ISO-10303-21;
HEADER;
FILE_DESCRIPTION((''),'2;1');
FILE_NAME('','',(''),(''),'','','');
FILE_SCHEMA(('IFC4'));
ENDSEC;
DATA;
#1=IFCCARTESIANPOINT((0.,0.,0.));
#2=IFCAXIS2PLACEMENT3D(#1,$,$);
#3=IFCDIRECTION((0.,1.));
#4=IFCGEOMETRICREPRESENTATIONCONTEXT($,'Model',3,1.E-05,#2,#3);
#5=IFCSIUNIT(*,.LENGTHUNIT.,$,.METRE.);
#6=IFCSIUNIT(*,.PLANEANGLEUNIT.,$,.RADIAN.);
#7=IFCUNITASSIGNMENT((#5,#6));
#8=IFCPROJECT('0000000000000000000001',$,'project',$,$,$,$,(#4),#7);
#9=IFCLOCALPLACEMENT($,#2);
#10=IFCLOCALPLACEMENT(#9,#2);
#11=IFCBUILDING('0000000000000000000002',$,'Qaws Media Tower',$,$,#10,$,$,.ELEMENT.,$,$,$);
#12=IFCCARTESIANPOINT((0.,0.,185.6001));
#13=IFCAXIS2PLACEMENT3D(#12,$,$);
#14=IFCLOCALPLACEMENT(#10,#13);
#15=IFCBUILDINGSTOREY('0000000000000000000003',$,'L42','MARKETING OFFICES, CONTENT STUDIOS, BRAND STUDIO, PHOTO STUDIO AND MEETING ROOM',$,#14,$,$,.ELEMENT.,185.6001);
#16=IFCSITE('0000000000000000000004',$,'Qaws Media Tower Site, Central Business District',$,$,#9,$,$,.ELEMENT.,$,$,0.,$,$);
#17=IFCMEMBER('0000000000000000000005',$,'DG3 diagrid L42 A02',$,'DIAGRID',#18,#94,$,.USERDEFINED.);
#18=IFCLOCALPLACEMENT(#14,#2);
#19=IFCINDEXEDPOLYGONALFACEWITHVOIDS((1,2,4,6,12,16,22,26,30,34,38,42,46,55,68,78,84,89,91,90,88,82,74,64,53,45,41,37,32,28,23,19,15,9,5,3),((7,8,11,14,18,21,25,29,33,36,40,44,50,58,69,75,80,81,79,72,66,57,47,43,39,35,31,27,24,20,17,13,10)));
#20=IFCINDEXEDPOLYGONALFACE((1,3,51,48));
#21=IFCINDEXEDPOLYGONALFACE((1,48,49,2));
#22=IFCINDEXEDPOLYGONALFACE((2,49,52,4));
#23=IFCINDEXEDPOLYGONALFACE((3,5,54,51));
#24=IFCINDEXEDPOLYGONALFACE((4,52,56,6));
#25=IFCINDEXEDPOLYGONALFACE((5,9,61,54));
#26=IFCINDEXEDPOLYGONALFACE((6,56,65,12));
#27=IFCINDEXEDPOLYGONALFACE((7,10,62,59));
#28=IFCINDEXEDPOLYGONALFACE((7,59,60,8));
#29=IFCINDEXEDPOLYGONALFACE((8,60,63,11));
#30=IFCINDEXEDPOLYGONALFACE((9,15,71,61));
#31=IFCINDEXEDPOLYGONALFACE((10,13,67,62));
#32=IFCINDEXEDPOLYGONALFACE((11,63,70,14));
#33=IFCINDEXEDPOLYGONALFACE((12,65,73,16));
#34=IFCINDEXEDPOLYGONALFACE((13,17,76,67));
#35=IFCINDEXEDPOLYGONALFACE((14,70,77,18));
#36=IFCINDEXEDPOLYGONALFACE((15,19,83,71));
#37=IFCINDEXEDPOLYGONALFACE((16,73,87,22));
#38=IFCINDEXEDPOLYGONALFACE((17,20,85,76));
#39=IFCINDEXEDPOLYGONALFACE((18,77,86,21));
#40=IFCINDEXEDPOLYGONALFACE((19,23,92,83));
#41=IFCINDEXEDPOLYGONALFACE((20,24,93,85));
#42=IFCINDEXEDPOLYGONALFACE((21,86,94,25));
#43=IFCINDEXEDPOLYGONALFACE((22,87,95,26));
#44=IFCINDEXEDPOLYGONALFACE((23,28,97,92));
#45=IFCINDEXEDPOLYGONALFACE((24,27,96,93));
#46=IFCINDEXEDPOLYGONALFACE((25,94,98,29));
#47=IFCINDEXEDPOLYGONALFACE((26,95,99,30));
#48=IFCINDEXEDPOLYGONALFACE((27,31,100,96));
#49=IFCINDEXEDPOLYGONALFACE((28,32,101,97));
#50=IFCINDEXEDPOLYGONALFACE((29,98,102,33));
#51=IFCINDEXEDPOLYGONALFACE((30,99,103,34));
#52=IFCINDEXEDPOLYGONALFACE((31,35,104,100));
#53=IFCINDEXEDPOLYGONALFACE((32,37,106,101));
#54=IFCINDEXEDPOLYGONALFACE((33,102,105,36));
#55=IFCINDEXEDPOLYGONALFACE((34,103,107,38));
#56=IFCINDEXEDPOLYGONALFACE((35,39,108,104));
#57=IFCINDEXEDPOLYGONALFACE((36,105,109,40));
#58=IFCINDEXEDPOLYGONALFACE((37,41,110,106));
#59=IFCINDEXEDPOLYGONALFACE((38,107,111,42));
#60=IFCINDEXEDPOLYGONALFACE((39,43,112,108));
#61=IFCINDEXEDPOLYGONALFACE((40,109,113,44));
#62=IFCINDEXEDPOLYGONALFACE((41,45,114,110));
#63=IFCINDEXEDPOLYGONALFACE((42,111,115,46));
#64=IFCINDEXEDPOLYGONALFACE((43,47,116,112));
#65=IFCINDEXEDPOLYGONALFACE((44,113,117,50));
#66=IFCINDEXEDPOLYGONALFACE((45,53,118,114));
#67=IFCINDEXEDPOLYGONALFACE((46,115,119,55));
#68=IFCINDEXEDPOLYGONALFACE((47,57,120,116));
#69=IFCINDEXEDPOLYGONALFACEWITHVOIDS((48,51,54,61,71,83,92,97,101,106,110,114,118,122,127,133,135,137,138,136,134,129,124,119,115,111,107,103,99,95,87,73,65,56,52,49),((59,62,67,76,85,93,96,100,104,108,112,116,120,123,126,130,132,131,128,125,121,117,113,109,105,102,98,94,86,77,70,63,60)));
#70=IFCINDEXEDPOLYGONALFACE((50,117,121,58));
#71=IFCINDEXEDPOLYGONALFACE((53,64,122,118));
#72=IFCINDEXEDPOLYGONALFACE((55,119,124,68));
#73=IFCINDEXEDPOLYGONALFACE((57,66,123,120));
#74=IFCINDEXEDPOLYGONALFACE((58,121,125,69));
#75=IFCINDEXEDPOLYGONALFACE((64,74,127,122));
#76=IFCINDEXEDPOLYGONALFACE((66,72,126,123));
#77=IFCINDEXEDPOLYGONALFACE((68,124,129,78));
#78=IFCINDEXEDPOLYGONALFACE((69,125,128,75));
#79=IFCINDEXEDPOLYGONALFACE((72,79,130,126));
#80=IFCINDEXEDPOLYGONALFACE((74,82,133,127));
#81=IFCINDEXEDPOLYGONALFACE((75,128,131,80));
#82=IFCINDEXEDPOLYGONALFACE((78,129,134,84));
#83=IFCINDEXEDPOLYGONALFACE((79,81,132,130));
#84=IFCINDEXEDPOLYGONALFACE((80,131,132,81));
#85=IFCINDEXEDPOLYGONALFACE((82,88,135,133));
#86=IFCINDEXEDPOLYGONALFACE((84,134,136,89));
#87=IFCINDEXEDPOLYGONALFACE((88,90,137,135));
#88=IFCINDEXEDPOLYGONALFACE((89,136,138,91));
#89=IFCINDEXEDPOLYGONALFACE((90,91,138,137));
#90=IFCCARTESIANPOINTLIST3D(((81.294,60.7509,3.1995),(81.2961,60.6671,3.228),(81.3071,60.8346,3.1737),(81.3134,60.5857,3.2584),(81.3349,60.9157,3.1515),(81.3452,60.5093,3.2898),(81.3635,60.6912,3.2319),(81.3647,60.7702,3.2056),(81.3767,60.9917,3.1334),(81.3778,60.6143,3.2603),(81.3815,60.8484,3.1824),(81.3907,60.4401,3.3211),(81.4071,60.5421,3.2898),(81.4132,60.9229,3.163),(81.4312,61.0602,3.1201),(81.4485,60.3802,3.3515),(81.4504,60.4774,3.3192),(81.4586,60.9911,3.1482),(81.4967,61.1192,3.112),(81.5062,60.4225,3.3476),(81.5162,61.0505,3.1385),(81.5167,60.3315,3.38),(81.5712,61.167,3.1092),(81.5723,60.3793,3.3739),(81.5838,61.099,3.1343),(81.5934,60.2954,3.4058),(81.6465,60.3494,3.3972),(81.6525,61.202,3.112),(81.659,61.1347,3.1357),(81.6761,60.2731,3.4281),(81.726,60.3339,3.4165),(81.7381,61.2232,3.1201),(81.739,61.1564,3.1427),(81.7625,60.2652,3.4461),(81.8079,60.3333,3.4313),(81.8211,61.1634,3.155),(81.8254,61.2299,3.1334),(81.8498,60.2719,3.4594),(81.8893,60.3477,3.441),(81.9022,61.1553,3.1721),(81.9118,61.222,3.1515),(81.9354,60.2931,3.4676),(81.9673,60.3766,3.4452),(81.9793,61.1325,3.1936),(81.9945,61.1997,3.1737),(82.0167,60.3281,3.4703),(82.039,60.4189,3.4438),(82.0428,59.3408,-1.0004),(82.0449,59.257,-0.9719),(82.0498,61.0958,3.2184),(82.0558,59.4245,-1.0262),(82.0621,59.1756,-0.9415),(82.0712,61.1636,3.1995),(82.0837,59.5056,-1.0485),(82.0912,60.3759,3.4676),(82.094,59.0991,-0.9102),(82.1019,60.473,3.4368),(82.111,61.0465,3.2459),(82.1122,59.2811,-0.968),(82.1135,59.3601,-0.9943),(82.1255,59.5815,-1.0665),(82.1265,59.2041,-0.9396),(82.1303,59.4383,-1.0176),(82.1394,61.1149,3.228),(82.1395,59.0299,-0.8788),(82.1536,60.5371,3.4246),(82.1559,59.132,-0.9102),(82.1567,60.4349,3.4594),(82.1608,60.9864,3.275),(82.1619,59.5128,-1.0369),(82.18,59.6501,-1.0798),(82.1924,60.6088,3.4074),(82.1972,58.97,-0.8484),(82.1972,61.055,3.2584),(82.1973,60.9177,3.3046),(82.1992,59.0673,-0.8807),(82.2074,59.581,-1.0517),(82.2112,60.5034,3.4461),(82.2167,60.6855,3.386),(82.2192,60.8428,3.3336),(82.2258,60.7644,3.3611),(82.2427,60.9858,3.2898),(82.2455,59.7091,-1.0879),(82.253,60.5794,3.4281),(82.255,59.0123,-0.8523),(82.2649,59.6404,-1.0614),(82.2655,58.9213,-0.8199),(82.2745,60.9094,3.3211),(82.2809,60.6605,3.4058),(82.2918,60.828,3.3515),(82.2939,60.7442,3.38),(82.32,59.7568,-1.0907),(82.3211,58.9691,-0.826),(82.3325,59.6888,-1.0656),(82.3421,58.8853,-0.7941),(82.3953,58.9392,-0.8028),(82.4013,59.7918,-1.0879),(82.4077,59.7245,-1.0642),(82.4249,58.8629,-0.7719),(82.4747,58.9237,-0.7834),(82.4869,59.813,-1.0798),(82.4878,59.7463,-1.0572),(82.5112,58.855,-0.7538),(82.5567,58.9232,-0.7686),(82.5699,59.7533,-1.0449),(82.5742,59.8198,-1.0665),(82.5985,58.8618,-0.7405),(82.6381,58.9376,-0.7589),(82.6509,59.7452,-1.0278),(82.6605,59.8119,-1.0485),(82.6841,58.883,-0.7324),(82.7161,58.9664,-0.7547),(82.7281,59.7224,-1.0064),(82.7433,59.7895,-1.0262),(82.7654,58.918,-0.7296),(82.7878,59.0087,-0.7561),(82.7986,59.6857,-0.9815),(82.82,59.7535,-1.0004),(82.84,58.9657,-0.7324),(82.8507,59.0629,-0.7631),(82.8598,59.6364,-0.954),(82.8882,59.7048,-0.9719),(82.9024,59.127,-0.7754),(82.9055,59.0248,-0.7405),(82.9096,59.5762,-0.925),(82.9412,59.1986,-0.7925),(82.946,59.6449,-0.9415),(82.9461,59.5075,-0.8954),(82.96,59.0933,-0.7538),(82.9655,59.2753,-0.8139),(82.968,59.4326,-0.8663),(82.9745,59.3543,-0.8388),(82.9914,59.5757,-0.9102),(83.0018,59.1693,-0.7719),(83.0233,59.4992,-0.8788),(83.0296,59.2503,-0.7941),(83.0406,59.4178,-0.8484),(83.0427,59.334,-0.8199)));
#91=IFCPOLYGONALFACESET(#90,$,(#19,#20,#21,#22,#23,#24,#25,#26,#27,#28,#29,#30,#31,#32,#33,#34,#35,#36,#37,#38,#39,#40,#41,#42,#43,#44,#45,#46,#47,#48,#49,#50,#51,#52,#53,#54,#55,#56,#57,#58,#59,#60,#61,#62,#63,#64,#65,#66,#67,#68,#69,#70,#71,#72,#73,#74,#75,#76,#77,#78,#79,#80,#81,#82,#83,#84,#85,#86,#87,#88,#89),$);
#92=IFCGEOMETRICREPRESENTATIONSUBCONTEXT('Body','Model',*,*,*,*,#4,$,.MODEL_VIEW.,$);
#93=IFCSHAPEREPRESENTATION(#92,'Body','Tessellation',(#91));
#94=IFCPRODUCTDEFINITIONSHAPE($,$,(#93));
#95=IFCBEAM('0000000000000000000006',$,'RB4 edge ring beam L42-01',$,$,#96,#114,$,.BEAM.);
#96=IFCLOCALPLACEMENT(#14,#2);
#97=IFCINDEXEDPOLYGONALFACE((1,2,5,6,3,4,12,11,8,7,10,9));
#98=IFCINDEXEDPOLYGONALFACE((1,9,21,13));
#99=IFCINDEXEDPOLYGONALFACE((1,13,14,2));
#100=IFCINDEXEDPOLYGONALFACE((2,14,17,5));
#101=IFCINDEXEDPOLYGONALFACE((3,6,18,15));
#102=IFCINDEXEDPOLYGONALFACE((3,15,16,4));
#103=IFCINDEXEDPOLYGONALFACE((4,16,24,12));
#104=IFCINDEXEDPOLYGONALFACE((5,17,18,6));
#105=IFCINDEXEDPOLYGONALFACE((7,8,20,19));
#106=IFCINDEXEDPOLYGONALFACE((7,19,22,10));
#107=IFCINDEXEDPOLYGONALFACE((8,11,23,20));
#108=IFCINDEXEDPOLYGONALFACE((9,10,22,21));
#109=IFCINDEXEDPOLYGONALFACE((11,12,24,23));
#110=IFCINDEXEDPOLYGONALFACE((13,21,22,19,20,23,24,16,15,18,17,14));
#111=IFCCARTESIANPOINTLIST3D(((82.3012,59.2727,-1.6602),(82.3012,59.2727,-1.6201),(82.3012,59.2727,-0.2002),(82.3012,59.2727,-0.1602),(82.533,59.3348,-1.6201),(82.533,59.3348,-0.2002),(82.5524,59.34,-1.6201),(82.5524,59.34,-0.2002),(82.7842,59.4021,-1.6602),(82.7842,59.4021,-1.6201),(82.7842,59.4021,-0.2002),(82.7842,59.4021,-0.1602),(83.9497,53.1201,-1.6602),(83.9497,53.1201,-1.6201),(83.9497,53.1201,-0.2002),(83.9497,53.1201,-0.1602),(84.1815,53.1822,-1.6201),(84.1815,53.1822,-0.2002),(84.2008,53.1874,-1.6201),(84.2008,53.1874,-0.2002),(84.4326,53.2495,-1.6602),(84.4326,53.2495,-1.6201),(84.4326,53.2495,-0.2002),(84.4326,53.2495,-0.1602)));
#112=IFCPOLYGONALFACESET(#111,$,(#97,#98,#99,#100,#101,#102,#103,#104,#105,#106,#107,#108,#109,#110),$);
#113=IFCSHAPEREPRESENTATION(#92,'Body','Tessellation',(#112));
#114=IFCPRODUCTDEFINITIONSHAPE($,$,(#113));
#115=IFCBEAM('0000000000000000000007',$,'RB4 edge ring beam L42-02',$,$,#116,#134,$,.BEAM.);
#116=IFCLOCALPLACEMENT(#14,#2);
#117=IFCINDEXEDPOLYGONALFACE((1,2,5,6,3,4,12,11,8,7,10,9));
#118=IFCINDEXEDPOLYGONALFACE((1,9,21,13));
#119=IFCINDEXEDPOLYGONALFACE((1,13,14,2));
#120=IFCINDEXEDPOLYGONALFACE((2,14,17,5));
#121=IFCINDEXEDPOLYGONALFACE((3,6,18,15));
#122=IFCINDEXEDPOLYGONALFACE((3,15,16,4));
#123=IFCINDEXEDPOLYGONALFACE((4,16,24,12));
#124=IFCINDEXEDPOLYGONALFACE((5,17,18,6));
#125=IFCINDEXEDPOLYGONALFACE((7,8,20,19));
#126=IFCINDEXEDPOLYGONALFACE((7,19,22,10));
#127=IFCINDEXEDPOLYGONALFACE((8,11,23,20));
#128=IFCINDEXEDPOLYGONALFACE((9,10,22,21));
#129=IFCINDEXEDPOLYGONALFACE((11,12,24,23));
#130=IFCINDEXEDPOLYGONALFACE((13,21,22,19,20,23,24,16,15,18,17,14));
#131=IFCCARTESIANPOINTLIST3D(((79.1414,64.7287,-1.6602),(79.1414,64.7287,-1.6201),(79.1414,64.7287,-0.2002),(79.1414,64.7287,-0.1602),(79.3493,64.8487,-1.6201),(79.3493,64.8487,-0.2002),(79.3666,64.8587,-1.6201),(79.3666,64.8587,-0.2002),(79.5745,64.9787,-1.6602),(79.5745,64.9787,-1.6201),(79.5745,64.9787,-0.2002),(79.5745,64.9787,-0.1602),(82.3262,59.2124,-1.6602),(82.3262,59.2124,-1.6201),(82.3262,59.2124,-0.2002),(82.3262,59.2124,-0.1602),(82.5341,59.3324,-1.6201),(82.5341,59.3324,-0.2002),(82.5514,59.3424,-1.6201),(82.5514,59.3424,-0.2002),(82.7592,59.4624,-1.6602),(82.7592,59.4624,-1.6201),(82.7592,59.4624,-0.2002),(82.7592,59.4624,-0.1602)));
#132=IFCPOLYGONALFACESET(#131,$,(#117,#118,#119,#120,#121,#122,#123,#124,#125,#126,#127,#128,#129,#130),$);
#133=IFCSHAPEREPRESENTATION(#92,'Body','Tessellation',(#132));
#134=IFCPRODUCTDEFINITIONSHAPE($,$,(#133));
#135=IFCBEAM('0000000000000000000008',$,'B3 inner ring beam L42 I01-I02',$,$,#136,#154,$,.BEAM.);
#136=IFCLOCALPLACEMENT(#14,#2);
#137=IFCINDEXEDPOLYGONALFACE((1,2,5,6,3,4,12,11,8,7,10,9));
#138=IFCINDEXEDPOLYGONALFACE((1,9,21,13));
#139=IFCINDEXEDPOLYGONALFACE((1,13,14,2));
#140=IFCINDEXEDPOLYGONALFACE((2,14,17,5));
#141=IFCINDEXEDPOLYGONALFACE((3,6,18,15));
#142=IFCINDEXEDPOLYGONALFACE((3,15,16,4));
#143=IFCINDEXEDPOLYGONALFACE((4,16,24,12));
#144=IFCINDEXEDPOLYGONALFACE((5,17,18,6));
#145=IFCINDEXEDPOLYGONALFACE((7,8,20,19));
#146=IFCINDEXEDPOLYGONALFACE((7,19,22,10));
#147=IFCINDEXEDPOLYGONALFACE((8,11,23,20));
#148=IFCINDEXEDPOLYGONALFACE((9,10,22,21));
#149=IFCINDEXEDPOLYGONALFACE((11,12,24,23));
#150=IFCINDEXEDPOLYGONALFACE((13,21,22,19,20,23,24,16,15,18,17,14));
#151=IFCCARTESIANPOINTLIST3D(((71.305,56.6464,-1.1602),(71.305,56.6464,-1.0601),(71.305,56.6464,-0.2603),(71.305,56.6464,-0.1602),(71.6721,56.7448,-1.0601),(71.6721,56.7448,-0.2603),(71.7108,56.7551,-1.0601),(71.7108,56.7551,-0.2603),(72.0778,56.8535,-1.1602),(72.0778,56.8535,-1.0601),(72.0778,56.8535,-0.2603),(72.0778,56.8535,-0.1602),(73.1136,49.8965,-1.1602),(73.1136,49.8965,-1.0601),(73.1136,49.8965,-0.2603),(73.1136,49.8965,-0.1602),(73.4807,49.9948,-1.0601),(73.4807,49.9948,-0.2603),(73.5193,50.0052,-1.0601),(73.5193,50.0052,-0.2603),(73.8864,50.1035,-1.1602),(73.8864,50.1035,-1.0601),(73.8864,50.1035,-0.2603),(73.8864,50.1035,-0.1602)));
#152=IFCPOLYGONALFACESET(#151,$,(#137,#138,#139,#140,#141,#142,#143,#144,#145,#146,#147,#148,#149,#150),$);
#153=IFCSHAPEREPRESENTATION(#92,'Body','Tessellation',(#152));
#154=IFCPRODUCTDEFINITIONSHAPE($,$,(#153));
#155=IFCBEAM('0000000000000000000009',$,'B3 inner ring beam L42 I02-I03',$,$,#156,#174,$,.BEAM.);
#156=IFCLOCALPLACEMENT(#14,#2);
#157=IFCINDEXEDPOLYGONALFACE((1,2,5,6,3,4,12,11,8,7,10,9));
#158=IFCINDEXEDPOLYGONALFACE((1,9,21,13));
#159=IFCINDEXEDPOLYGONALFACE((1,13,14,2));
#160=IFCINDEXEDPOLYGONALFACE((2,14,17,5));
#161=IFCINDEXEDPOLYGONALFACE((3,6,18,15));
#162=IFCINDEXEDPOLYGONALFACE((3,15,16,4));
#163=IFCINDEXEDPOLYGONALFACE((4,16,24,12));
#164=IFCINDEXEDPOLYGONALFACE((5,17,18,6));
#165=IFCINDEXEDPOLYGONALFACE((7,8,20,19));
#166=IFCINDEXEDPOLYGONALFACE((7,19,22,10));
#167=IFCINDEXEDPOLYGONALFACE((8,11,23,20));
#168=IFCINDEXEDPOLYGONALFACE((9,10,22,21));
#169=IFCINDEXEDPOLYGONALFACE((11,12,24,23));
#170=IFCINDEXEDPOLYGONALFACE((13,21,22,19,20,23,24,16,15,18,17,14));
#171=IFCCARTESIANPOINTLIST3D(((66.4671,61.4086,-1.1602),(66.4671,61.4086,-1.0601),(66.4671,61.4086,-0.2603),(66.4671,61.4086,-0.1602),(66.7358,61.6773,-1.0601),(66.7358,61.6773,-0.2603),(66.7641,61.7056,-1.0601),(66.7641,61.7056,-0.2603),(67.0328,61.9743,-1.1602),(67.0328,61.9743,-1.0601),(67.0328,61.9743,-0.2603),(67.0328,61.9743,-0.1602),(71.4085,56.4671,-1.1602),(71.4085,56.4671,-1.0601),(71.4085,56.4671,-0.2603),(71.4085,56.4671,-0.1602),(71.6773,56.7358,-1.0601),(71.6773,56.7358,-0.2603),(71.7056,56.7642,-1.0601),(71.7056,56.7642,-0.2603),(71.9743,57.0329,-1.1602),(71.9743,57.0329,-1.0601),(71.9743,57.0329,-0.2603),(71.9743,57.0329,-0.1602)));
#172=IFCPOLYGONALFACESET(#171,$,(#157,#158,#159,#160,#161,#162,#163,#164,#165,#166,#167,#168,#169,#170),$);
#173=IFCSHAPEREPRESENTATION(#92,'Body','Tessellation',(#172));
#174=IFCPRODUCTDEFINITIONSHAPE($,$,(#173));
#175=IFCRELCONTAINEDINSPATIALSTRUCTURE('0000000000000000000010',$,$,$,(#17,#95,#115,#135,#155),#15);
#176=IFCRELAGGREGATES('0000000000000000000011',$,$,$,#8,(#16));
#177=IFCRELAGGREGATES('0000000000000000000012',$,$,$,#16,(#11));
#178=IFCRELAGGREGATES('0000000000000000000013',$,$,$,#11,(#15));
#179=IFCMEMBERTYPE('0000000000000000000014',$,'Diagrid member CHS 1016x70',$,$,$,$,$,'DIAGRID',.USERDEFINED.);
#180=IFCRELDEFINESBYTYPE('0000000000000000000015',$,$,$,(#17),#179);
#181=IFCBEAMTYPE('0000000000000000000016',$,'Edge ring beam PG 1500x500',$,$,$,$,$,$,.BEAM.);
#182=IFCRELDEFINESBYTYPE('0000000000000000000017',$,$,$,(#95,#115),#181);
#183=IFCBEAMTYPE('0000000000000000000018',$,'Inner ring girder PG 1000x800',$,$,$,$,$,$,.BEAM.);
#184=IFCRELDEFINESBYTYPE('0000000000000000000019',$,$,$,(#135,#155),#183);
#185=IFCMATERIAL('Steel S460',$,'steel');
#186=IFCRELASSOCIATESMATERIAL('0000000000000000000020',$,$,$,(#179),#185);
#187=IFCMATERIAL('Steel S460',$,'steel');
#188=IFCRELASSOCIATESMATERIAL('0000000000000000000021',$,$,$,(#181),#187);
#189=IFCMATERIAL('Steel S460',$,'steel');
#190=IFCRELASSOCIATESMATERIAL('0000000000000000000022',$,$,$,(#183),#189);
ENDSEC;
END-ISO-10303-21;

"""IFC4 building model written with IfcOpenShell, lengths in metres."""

from ifc_helpers import new_model, si_unit, direction, frame, origin, origin_2d, place, context, subcontext, project, spatial, hollow_circle, i_section, extrude, material, material_profile, profile_set, type_object, element, save


model = new_model("IFC4")

# Units and contexts
model_context = context("Model", 3, precision=1e-05, world=origin(), true_north=direction((0.0, 1.0)))
body_context = subcontext(model_context, "Body", "Model", "MODEL_VIEW")
ifc_project = project(units=[si_unit("LENGTHUNIT", "METRE"), si_unit("PLANEANGLEUNIT", "RADIAN")], contexts=[model_context])

# Site, building, storey
site_placement = place(None, origin())
site = spatial("IfcSite", under=ifc_project, at=site_placement, Name="Qaws Media Tower Site, Central Business District", CompositionType="ELEMENT", RefElevation=0.0)
building_placement = place(site_placement, origin())
building = spatial("IfcBuilding", under=site, at=building_placement, Name="Qaws Media Tower", CompositionType="ELEMENT")
storey_placement = place(building_placement, frame((0.0, 0.0, 185.6001)))
storey = spatial("IfcBuildingStorey", under=building, at=storey_placement, Name="L42", Description="MARKETING OFFICES, CONTENT STUDIOS, BRAND STUDIO, PHOTO STUDIO AND MEETING ROOM", CompositionType="ELEMENT", Elevation=185.6001)

# Member
ifc_material_1 = material(Name="Steel S460", Category="steel")
ifc_material_profile_1 = material_profile(ifc_material_1, hollow_circle(Radius=0.5081, WallThickness=0.0701, at=origin_2d()), Name="CHS 1016x70")
ifc_profile_set_1 = profile_set([ifc_material_profile_1], Name="Steel S460")
member_type_1 = type_object("IfcMemberType", Name="Diagrid member CHS 1016x70", ElementType="DIAGRID", PredefinedType="USERDEFINED", material=ifc_profile_set_1)
for number, where, z_axis, x_axis, name in (
    (1, (82.5427, 59.3374, -0.9102), (-0.166647, 0.313843, 0.934736), (-0.883211, -0.468976, 0.0), "DG3 diagrid L42 A02"),
):
    element("IfcMember", number, at=place(storey_placement, frame(where, z_axis=z_axis, x_axis=x_axis)), inside=storey, type_object=member_type_1, Name=name, ObjectType="DIAGRID", PredefinedType="USERDEFINED", context=body_context, shape_type="SweptSolid", body=[
        extrude(hollow_circle(Radius=0.5081, WallThickness=0.0701, at=origin_2d()), origin(), (0.0, 0.0, 1.0), 4.4932),
    ])

# Beams
ifc_material_2 = material(Name="Steel S460", Category="steel")
ifc_material_profile_2 = material_profile(ifc_material_2, i_section(OverallWidth=0.5, OverallDepth=1.5, WebThickness=0.02, FlangeThickness=0.04, at=origin_2d()), Name="PG 1500x500")
ifc_profile_set_2 = profile_set([ifc_material_profile_2], Name="Steel S460")
beam_type_1 = type_object("IfcBeamType", Name="Edge ring beam PG 1500x500", PredefinedType="BEAM", material=ifc_profile_set_2)
for number, where, z_axis, x_axis, name in (
    (2, (84.1912, 53.1848, -0.9102), (-0.258798, 0.965931, 0.0), (-0.965931, -0.258798, 0.0), "RB4 edge ring beam L42-01"),
    (3, (82.5427, 59.3374, -0.9102), (-0.499993, 0.866029, 0.0), (-0.866029, -0.499993, 0.0), "RB4 edge ring beam L42-02"),
):
    element("IfcBeam", number, at=place(storey_placement, frame(where, z_axis=z_axis, x_axis=x_axis)), inside=storey, type_object=beam_type_1, Name=name, PredefinedType="BEAM", context=body_context, shape_type="SweptSolid", body=[
        extrude(i_section(OverallWidth=0.5, OverallDepth=1.5, WebThickness=0.02, FlangeThickness=0.04, at=origin_2d()), origin(), (0.0, 0.0, 1.0), 6.3696),
    ])
ifc_material_3 = material(Name="Steel S460", Category="steel")
ifc_material_profile_3 = material_profile(ifc_material_3, i_section(OverallWidth=0.8, OverallDepth=1.0, WebThickness=0.04, FlangeThickness=0.1001, at=origin_2d()), Name="PG 1000x800")
ifc_profile_set_3 = profile_set([ifc_material_profile_3], Name="Steel S460")
beam_type_2 = type_object("IfcBeamType", Name="Inner ring girder PG 1000x800", PredefinedType="BEAM", material=ifc_profile_set_3)
beam_1_placement = place(storey_placement, frame((73.5, 50.0, -0.6602), z_axis=(-0.258811, 0.965928, 0.0), x_axis=(-0.965928, -0.258811, 0.0)))
element("IfcBeam", 4, at=beam_1_placement, inside=storey, type_object=beam_type_2, Name="B3 inner ring beam L42 I01-I02", PredefinedType="BEAM", context=body_context, shape_type="SweptSolid", body=[
    extrude(i_section(OverallWidth=0.8, OverallDepth=1.0, WebThickness=0.04, FlangeThickness=0.1001, at=origin_2d()), origin(), (0.0, 0.0, 1.0), 6.988),
])
beam_2_placement = place(storey_placement, frame((71.6914, 56.75, -0.6602), z_axis=(-0.707107, 0.707107, 0.0), x_axis=(-0.707107, -0.707107, 0.0)))
element("IfcBeam", 5, at=beam_2_placement, inside=storey, type_object=beam_type_2, Name="B3 inner ring beam L42 I02-I03", PredefinedType="BEAM", context=body_context, shape_type="SweptSolid", body=[
    extrude(i_section(OverallWidth=0.8, OverallDepth=1.0, WebThickness=0.04, FlangeThickness=0.1001, at=origin_2d()), origin(), (0.0, 0.0, 1.0), 6.9883),
])

save(model, "model.ifc")
